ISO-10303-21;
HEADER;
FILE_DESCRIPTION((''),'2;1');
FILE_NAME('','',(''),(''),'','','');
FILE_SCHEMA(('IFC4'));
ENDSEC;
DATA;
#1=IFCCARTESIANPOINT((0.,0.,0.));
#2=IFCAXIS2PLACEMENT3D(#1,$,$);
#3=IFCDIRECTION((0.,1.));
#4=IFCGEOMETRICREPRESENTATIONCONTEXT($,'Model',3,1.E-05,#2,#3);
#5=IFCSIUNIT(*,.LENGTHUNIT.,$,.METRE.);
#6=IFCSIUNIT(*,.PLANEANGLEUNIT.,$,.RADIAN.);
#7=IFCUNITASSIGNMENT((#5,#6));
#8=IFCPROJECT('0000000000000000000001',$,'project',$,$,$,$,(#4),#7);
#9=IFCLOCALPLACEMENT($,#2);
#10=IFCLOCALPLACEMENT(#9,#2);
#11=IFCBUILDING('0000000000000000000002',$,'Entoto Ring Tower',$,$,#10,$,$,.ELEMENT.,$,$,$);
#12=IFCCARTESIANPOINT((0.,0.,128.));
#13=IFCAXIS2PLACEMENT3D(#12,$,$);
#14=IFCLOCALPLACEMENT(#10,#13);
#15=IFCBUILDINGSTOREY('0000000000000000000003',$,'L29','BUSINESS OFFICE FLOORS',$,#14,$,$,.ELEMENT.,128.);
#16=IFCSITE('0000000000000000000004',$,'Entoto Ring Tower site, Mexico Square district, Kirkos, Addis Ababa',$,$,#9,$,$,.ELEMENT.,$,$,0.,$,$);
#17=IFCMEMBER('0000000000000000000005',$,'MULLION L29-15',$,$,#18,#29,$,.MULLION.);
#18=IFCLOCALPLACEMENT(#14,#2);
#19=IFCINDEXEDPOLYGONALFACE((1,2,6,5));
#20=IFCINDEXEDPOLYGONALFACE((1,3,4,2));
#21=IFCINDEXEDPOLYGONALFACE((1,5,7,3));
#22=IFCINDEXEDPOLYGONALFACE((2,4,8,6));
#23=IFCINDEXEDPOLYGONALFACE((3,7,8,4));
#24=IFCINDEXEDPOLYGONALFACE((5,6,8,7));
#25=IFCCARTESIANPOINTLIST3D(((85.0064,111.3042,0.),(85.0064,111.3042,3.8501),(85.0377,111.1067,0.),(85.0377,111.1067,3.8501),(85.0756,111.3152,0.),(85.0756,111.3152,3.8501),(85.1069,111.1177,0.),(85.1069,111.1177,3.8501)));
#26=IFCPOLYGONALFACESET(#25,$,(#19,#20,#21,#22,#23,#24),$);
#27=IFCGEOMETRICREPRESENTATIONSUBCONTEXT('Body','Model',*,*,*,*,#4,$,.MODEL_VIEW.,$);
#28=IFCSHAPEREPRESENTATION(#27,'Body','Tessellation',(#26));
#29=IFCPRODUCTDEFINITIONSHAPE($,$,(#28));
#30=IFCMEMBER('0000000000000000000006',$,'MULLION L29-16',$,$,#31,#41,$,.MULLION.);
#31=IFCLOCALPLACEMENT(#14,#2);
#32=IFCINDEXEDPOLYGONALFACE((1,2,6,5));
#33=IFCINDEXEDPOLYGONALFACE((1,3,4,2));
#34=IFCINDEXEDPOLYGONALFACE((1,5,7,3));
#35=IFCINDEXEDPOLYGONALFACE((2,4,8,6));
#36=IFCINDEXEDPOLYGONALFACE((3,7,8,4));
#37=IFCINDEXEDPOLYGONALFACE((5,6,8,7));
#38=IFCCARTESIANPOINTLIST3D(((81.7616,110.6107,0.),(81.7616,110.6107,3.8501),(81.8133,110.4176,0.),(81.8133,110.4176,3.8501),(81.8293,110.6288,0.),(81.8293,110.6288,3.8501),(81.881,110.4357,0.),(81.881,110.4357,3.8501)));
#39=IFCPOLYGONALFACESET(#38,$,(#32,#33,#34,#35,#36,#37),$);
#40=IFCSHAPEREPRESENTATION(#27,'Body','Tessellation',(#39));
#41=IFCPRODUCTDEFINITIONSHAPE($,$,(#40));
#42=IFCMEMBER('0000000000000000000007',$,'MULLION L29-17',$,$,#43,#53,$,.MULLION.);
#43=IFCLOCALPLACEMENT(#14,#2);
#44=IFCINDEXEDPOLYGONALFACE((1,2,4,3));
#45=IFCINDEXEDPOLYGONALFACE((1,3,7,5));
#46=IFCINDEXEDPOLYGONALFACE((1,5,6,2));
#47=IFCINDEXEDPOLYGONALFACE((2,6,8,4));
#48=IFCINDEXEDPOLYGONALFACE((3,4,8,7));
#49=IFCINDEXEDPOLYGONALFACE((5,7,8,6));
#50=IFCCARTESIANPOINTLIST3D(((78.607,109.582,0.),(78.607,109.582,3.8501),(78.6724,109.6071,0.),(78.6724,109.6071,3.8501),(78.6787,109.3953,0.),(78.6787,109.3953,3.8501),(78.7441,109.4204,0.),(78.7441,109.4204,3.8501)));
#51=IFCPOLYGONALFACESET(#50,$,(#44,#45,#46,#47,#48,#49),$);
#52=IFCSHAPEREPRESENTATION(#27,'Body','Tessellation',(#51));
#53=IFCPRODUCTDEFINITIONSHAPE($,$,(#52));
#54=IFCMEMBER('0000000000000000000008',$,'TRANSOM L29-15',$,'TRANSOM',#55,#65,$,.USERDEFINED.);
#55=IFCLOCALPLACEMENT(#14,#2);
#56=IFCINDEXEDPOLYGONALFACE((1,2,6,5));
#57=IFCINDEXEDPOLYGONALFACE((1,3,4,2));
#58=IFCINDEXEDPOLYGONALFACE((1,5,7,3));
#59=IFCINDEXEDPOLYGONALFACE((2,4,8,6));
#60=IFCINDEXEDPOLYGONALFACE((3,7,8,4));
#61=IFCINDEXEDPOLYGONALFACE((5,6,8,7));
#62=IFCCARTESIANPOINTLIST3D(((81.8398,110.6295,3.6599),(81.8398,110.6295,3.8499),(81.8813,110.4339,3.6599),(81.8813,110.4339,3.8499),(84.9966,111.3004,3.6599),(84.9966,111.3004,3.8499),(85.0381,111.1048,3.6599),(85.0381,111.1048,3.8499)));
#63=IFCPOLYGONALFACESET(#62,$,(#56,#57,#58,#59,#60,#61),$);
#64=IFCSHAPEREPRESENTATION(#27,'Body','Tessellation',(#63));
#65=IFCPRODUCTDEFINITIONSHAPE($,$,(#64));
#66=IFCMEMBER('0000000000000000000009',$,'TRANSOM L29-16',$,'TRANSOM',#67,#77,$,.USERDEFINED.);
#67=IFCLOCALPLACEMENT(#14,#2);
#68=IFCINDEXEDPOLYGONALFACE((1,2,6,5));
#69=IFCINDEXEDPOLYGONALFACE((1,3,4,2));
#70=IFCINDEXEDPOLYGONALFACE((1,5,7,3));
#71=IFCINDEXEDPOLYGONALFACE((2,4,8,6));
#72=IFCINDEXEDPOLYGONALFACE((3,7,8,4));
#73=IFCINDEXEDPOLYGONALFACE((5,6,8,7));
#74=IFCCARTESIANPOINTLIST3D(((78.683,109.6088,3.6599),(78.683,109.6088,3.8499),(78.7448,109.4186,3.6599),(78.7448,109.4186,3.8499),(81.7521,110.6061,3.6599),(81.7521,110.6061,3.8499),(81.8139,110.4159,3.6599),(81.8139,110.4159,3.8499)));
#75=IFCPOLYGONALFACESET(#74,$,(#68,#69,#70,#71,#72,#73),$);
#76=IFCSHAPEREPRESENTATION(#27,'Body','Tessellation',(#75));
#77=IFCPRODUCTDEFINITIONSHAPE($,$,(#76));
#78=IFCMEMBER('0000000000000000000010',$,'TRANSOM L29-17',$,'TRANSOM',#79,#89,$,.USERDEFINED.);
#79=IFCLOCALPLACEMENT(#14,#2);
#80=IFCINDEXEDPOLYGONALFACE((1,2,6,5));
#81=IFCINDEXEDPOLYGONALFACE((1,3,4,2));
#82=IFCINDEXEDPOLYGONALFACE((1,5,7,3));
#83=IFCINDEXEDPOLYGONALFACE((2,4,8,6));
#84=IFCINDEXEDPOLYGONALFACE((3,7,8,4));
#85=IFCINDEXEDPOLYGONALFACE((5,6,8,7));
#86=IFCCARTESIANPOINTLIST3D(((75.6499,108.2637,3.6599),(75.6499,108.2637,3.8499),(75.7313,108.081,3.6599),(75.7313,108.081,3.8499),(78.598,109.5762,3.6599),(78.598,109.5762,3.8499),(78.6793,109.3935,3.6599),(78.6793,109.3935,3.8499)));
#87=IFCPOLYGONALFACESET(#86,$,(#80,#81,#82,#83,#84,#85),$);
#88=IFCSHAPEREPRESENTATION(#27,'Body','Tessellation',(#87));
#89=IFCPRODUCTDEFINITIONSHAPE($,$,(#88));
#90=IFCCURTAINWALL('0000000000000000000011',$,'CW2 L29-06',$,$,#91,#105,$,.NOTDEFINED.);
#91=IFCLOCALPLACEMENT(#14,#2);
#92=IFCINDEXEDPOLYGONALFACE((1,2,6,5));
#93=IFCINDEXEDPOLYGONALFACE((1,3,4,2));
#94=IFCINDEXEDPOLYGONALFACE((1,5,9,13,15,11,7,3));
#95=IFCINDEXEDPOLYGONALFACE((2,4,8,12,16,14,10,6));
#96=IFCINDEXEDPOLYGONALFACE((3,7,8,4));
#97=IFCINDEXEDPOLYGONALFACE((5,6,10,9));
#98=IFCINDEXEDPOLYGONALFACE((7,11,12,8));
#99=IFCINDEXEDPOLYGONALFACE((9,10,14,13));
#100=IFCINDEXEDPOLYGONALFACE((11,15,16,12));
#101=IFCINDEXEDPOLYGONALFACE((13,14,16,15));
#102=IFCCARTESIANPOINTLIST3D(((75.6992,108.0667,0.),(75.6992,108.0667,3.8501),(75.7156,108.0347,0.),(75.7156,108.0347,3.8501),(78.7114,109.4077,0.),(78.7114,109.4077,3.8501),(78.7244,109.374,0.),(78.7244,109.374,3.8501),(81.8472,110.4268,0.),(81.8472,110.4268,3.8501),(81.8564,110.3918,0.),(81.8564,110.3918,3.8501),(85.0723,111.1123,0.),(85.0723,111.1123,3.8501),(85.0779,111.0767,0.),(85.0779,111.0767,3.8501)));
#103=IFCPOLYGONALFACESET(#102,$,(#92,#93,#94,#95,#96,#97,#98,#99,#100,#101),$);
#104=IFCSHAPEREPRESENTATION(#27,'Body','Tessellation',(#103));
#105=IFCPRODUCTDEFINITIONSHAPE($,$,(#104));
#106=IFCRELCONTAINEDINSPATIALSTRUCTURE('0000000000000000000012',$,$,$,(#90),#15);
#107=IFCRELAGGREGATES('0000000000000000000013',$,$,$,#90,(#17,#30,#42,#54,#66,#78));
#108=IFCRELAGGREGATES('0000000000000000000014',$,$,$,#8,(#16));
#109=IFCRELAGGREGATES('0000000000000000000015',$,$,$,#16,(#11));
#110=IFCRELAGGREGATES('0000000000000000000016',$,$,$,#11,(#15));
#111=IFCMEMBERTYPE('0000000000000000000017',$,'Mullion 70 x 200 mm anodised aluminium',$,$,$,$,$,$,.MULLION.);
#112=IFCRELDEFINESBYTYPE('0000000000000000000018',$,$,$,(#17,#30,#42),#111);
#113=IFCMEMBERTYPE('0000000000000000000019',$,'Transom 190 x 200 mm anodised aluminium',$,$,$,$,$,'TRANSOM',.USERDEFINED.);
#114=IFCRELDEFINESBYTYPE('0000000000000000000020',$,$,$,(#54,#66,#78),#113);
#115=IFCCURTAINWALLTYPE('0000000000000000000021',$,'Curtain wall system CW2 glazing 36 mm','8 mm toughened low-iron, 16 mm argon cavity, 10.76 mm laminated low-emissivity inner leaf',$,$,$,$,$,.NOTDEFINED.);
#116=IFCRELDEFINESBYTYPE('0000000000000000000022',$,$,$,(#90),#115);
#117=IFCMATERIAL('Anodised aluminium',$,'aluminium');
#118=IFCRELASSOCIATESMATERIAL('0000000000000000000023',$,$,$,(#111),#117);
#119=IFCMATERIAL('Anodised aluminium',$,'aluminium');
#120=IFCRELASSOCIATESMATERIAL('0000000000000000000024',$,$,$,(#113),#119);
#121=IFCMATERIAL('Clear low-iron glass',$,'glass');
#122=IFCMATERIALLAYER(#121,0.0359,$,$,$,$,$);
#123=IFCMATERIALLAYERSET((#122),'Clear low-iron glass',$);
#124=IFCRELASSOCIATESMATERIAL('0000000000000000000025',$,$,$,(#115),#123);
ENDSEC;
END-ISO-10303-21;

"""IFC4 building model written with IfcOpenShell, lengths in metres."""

from ifc_helpers import new_model, si_unit, direction, frame, origin, origin_2d, place, context, subcontext, project, spatial, polyline, rectangle, outline, extrude, material, layer, layer_set, material_profile, profile_set, type_object, element, aggregate, save


model = new_model("IFC4")

# Units and contexts
model_context = context("Model", 3, precision=1e-05, world=origin(), true_north=direction((0.0, 1.0)))
body_context = subcontext(model_context, "Body", "Model", "MODEL_VIEW")
ifc_project = project(units=[si_unit("LENGTHUNIT", "METRE"), si_unit("PLANEANGLEUNIT", "RADIAN")], contexts=[model_context])

# Members
ifc_material_1 = material(Name="Anodised aluminium", Category="aluminium")
ifc_material_profile_1 = material_profile(ifc_material_1, rectangle(XDim=0.0701, YDim=0.2, at=origin_2d()), Name="Mullion 70 x 200 mm anodised aluminium")
ifc_profile_set_1 = profile_set([ifc_material_profile_1], Name="Anodised aluminium")
member_type_1 = type_object("IfcMemberType", Name="Mullion 70 x 200 mm anodised aluminium", PredefinedType="MULLION", material=ifc_profile_set_1)
site_placement = place(None, origin())
building_placement = place(site_placement, origin())
storey_placement = place(building_placement, frame((0.0, 0.0, 128.0)))
member_1_placement = place(storey_placement, frame((85.0566, 111.2109, 0.0), z_axis=(0.0, 0.0, 1.0), x_axis=(-0.987688, -0.156434, 0.0)))
member_1 = element("IfcMember", 1, at=member_1_placement, type_object=member_type_1, Name="MULLION L29-15", PredefinedType="MULLION", context=body_context, shape_type="SweptSolid", body=[
    extrude(rectangle(XDim=0.0701, YDim=0.2, at=origin_2d()), origin(), (0.0, 0.0, 1.0), 3.8501),
])
member_2_placement = place(storey_placement, frame((81.8213, 110.5232, 0.0), z_axis=(0.0, 0.0, 1.0), x_axis=(-0.965926, -0.258819, 0.0)))
member_2 = element("IfcMember", 2, at=member_2_placement, type_object=member_type_1, Name="MULLION L29-16", PredefinedType="MULLION", context=body_context, shape_type="SweptSolid", body=[
    extrude(rectangle(XDim=0.0701, YDim=0.2, at=origin_2d()), origin(), (0.0, 0.0, 1.0), 3.8501),
])
member_3_placement = place(storey_placement, frame((78.6755, 109.5012, 0.0), z_axis=(0.0, 0.0, 1.0), x_axis=(-0.93358, -0.358368, 0.0)))
member_3 = element("IfcMember", 3, at=member_3_placement, type_object=member_type_1, Name="MULLION L29-17", PredefinedType="MULLION", context=body_context, shape_type="SweptSolid", body=[
    extrude(rectangle(XDim=0.0701, YDim=0.2, at=origin_2d()), origin(), (0.0, 0.0, 1.0), 3.8501),
])
ifc_material_2 = material(Name="Anodised aluminium", Category="aluminium")
ifc_material_profile_2 = material_profile(ifc_material_2, rectangle(XDim=0.2, YDim=0.1899, at=origin_2d()), Name="Transom 190 x 200 mm anodised aluminium")
ifc_profile_set_2 = profile_set([ifc_material_profile_2], Name="Anodised aluminium")
member_type_2 = type_object("IfcMemberType", Name="Transom 190 x 200 mm anodised aluminium", ElementType="TRANSOM", PredefinedType="USERDEFINED", material=ifc_profile_set_2)
member_4_placement = place(storey_placement, frame((85.0173, 111.2026, 3.7549), z_axis=(-0.978153, -0.207886, 0.0), x_axis=(0.207886, -0.978153, 0.0)))
member_4 = element("IfcMember", 4, at=member_4_placement, type_object=member_type_2, Name="TRANSOM L29-15", ObjectType="TRANSOM", PredefinedType="USERDEFINED", context=body_context, shape_type="SweptSolid", body=[
    extrude(rectangle(XDim=0.2, YDim=0.1899, at=origin_2d()), origin(), (0.0, 0.0, 1.0), 3.2273),
])
member_5_placement = place(storey_placement, frame((81.783, 110.511, 3.7549), z_axis=(-0.951047, -0.309047, 0.0), x_axis=(0.309047, -0.951047, 0.0)))
member_5 = element("IfcMember", 5, at=member_5_placement, type_object=member_type_2, Name="TRANSOM L29-16", ObjectType="TRANSOM", PredefinedType="USERDEFINED", context=body_context, shape_type="SweptSolid", body=[
    extrude(rectangle(XDim=0.2, YDim=0.1899, at=origin_2d()), origin(), (0.0, 0.0, 1.0), 3.2271),
])
member_6_placement = place(storey_placement, frame((78.6387, 109.4849, 3.7549), z_axis=(-0.913549, -0.406728, 0.0), x_axis=(0.406728, -0.913549, 0.0)))
member_6 = element("IfcMember", 6, at=member_6_placement, type_object=member_type_2, Name="TRANSOM L29-17", ObjectType="TRANSOM", PredefinedType="USERDEFINED", context=body_context, shape_type="SweptSolid", body=[
    extrude(rectangle(XDim=0.2, YDim=0.1899, at=origin_2d()), origin(), (0.0, 0.0, 1.0), 3.2271),
])

# Site, building, storey
site = spatial("IfcSite", under=ifc_project, at=site_placement, Name="Entoto Ring Tower site, Mexico Square district, Kirkos, Addis Ababa", CompositionType="ELEMENT", RefElevation=0.0)
building = spatial("IfcBuilding", under=site, at=building_placement, Name="Entoto Ring Tower", CompositionType="ELEMENT")
storey = spatial("IfcBuildingStorey", under=building, at=storey_placement, Name="L29", Description="BUSINESS OFFICE FLOORS", CompositionType="ELEMENT", Elevation=128.0)

# Curtain wall
ifc_material_3 = material(Name="Clear low-iron glass", Category="glass")
ifc_layer = layer(ifc_material_3, 0.0359)
ifc_layer_set = layer_set([ifc_layer], Name="Clear low-iron glass")
curtain_wall_type = type_object("IfcCurtainWallType", Name="Curtain wall system CW2 glazing 36 mm", Description="8 mm toughened low-iron, 16 mm argon cavity, 10.76 mm laminated low-emissivity inner leaf", PredefinedType="NOTDEFINED", material=ifc_layer_set)
curtain_wall_1_placement = place(storey_placement, origin())
curtain_wall_1 = element("IfcCurtainWall", 7, at=curtain_wall_1_placement, inside=storey, type_object=curtain_wall_type, Name="CW2 L29-06", PredefinedType="NOTDEFINED", context=body_context, shape_type="SweptSolid", body=[
    extrude(outline(polyline([(85.0723, 111.1123), (81.8472, 110.4268), (78.7114, 109.4077), (75.6992, 108.0667), (75.7156, 108.0347), (78.7244, 109.374), (81.8564, 110.3918), (85.0779, 111.0767), (85.0723, 111.1123)])), origin(), (0.0, 0.0, 1.0), 3.8501),
])
aggregate(curtain_wall_1, [member_1, member_2, member_3, member_4, member_5, member_6])

save(model, "model.ifc")
